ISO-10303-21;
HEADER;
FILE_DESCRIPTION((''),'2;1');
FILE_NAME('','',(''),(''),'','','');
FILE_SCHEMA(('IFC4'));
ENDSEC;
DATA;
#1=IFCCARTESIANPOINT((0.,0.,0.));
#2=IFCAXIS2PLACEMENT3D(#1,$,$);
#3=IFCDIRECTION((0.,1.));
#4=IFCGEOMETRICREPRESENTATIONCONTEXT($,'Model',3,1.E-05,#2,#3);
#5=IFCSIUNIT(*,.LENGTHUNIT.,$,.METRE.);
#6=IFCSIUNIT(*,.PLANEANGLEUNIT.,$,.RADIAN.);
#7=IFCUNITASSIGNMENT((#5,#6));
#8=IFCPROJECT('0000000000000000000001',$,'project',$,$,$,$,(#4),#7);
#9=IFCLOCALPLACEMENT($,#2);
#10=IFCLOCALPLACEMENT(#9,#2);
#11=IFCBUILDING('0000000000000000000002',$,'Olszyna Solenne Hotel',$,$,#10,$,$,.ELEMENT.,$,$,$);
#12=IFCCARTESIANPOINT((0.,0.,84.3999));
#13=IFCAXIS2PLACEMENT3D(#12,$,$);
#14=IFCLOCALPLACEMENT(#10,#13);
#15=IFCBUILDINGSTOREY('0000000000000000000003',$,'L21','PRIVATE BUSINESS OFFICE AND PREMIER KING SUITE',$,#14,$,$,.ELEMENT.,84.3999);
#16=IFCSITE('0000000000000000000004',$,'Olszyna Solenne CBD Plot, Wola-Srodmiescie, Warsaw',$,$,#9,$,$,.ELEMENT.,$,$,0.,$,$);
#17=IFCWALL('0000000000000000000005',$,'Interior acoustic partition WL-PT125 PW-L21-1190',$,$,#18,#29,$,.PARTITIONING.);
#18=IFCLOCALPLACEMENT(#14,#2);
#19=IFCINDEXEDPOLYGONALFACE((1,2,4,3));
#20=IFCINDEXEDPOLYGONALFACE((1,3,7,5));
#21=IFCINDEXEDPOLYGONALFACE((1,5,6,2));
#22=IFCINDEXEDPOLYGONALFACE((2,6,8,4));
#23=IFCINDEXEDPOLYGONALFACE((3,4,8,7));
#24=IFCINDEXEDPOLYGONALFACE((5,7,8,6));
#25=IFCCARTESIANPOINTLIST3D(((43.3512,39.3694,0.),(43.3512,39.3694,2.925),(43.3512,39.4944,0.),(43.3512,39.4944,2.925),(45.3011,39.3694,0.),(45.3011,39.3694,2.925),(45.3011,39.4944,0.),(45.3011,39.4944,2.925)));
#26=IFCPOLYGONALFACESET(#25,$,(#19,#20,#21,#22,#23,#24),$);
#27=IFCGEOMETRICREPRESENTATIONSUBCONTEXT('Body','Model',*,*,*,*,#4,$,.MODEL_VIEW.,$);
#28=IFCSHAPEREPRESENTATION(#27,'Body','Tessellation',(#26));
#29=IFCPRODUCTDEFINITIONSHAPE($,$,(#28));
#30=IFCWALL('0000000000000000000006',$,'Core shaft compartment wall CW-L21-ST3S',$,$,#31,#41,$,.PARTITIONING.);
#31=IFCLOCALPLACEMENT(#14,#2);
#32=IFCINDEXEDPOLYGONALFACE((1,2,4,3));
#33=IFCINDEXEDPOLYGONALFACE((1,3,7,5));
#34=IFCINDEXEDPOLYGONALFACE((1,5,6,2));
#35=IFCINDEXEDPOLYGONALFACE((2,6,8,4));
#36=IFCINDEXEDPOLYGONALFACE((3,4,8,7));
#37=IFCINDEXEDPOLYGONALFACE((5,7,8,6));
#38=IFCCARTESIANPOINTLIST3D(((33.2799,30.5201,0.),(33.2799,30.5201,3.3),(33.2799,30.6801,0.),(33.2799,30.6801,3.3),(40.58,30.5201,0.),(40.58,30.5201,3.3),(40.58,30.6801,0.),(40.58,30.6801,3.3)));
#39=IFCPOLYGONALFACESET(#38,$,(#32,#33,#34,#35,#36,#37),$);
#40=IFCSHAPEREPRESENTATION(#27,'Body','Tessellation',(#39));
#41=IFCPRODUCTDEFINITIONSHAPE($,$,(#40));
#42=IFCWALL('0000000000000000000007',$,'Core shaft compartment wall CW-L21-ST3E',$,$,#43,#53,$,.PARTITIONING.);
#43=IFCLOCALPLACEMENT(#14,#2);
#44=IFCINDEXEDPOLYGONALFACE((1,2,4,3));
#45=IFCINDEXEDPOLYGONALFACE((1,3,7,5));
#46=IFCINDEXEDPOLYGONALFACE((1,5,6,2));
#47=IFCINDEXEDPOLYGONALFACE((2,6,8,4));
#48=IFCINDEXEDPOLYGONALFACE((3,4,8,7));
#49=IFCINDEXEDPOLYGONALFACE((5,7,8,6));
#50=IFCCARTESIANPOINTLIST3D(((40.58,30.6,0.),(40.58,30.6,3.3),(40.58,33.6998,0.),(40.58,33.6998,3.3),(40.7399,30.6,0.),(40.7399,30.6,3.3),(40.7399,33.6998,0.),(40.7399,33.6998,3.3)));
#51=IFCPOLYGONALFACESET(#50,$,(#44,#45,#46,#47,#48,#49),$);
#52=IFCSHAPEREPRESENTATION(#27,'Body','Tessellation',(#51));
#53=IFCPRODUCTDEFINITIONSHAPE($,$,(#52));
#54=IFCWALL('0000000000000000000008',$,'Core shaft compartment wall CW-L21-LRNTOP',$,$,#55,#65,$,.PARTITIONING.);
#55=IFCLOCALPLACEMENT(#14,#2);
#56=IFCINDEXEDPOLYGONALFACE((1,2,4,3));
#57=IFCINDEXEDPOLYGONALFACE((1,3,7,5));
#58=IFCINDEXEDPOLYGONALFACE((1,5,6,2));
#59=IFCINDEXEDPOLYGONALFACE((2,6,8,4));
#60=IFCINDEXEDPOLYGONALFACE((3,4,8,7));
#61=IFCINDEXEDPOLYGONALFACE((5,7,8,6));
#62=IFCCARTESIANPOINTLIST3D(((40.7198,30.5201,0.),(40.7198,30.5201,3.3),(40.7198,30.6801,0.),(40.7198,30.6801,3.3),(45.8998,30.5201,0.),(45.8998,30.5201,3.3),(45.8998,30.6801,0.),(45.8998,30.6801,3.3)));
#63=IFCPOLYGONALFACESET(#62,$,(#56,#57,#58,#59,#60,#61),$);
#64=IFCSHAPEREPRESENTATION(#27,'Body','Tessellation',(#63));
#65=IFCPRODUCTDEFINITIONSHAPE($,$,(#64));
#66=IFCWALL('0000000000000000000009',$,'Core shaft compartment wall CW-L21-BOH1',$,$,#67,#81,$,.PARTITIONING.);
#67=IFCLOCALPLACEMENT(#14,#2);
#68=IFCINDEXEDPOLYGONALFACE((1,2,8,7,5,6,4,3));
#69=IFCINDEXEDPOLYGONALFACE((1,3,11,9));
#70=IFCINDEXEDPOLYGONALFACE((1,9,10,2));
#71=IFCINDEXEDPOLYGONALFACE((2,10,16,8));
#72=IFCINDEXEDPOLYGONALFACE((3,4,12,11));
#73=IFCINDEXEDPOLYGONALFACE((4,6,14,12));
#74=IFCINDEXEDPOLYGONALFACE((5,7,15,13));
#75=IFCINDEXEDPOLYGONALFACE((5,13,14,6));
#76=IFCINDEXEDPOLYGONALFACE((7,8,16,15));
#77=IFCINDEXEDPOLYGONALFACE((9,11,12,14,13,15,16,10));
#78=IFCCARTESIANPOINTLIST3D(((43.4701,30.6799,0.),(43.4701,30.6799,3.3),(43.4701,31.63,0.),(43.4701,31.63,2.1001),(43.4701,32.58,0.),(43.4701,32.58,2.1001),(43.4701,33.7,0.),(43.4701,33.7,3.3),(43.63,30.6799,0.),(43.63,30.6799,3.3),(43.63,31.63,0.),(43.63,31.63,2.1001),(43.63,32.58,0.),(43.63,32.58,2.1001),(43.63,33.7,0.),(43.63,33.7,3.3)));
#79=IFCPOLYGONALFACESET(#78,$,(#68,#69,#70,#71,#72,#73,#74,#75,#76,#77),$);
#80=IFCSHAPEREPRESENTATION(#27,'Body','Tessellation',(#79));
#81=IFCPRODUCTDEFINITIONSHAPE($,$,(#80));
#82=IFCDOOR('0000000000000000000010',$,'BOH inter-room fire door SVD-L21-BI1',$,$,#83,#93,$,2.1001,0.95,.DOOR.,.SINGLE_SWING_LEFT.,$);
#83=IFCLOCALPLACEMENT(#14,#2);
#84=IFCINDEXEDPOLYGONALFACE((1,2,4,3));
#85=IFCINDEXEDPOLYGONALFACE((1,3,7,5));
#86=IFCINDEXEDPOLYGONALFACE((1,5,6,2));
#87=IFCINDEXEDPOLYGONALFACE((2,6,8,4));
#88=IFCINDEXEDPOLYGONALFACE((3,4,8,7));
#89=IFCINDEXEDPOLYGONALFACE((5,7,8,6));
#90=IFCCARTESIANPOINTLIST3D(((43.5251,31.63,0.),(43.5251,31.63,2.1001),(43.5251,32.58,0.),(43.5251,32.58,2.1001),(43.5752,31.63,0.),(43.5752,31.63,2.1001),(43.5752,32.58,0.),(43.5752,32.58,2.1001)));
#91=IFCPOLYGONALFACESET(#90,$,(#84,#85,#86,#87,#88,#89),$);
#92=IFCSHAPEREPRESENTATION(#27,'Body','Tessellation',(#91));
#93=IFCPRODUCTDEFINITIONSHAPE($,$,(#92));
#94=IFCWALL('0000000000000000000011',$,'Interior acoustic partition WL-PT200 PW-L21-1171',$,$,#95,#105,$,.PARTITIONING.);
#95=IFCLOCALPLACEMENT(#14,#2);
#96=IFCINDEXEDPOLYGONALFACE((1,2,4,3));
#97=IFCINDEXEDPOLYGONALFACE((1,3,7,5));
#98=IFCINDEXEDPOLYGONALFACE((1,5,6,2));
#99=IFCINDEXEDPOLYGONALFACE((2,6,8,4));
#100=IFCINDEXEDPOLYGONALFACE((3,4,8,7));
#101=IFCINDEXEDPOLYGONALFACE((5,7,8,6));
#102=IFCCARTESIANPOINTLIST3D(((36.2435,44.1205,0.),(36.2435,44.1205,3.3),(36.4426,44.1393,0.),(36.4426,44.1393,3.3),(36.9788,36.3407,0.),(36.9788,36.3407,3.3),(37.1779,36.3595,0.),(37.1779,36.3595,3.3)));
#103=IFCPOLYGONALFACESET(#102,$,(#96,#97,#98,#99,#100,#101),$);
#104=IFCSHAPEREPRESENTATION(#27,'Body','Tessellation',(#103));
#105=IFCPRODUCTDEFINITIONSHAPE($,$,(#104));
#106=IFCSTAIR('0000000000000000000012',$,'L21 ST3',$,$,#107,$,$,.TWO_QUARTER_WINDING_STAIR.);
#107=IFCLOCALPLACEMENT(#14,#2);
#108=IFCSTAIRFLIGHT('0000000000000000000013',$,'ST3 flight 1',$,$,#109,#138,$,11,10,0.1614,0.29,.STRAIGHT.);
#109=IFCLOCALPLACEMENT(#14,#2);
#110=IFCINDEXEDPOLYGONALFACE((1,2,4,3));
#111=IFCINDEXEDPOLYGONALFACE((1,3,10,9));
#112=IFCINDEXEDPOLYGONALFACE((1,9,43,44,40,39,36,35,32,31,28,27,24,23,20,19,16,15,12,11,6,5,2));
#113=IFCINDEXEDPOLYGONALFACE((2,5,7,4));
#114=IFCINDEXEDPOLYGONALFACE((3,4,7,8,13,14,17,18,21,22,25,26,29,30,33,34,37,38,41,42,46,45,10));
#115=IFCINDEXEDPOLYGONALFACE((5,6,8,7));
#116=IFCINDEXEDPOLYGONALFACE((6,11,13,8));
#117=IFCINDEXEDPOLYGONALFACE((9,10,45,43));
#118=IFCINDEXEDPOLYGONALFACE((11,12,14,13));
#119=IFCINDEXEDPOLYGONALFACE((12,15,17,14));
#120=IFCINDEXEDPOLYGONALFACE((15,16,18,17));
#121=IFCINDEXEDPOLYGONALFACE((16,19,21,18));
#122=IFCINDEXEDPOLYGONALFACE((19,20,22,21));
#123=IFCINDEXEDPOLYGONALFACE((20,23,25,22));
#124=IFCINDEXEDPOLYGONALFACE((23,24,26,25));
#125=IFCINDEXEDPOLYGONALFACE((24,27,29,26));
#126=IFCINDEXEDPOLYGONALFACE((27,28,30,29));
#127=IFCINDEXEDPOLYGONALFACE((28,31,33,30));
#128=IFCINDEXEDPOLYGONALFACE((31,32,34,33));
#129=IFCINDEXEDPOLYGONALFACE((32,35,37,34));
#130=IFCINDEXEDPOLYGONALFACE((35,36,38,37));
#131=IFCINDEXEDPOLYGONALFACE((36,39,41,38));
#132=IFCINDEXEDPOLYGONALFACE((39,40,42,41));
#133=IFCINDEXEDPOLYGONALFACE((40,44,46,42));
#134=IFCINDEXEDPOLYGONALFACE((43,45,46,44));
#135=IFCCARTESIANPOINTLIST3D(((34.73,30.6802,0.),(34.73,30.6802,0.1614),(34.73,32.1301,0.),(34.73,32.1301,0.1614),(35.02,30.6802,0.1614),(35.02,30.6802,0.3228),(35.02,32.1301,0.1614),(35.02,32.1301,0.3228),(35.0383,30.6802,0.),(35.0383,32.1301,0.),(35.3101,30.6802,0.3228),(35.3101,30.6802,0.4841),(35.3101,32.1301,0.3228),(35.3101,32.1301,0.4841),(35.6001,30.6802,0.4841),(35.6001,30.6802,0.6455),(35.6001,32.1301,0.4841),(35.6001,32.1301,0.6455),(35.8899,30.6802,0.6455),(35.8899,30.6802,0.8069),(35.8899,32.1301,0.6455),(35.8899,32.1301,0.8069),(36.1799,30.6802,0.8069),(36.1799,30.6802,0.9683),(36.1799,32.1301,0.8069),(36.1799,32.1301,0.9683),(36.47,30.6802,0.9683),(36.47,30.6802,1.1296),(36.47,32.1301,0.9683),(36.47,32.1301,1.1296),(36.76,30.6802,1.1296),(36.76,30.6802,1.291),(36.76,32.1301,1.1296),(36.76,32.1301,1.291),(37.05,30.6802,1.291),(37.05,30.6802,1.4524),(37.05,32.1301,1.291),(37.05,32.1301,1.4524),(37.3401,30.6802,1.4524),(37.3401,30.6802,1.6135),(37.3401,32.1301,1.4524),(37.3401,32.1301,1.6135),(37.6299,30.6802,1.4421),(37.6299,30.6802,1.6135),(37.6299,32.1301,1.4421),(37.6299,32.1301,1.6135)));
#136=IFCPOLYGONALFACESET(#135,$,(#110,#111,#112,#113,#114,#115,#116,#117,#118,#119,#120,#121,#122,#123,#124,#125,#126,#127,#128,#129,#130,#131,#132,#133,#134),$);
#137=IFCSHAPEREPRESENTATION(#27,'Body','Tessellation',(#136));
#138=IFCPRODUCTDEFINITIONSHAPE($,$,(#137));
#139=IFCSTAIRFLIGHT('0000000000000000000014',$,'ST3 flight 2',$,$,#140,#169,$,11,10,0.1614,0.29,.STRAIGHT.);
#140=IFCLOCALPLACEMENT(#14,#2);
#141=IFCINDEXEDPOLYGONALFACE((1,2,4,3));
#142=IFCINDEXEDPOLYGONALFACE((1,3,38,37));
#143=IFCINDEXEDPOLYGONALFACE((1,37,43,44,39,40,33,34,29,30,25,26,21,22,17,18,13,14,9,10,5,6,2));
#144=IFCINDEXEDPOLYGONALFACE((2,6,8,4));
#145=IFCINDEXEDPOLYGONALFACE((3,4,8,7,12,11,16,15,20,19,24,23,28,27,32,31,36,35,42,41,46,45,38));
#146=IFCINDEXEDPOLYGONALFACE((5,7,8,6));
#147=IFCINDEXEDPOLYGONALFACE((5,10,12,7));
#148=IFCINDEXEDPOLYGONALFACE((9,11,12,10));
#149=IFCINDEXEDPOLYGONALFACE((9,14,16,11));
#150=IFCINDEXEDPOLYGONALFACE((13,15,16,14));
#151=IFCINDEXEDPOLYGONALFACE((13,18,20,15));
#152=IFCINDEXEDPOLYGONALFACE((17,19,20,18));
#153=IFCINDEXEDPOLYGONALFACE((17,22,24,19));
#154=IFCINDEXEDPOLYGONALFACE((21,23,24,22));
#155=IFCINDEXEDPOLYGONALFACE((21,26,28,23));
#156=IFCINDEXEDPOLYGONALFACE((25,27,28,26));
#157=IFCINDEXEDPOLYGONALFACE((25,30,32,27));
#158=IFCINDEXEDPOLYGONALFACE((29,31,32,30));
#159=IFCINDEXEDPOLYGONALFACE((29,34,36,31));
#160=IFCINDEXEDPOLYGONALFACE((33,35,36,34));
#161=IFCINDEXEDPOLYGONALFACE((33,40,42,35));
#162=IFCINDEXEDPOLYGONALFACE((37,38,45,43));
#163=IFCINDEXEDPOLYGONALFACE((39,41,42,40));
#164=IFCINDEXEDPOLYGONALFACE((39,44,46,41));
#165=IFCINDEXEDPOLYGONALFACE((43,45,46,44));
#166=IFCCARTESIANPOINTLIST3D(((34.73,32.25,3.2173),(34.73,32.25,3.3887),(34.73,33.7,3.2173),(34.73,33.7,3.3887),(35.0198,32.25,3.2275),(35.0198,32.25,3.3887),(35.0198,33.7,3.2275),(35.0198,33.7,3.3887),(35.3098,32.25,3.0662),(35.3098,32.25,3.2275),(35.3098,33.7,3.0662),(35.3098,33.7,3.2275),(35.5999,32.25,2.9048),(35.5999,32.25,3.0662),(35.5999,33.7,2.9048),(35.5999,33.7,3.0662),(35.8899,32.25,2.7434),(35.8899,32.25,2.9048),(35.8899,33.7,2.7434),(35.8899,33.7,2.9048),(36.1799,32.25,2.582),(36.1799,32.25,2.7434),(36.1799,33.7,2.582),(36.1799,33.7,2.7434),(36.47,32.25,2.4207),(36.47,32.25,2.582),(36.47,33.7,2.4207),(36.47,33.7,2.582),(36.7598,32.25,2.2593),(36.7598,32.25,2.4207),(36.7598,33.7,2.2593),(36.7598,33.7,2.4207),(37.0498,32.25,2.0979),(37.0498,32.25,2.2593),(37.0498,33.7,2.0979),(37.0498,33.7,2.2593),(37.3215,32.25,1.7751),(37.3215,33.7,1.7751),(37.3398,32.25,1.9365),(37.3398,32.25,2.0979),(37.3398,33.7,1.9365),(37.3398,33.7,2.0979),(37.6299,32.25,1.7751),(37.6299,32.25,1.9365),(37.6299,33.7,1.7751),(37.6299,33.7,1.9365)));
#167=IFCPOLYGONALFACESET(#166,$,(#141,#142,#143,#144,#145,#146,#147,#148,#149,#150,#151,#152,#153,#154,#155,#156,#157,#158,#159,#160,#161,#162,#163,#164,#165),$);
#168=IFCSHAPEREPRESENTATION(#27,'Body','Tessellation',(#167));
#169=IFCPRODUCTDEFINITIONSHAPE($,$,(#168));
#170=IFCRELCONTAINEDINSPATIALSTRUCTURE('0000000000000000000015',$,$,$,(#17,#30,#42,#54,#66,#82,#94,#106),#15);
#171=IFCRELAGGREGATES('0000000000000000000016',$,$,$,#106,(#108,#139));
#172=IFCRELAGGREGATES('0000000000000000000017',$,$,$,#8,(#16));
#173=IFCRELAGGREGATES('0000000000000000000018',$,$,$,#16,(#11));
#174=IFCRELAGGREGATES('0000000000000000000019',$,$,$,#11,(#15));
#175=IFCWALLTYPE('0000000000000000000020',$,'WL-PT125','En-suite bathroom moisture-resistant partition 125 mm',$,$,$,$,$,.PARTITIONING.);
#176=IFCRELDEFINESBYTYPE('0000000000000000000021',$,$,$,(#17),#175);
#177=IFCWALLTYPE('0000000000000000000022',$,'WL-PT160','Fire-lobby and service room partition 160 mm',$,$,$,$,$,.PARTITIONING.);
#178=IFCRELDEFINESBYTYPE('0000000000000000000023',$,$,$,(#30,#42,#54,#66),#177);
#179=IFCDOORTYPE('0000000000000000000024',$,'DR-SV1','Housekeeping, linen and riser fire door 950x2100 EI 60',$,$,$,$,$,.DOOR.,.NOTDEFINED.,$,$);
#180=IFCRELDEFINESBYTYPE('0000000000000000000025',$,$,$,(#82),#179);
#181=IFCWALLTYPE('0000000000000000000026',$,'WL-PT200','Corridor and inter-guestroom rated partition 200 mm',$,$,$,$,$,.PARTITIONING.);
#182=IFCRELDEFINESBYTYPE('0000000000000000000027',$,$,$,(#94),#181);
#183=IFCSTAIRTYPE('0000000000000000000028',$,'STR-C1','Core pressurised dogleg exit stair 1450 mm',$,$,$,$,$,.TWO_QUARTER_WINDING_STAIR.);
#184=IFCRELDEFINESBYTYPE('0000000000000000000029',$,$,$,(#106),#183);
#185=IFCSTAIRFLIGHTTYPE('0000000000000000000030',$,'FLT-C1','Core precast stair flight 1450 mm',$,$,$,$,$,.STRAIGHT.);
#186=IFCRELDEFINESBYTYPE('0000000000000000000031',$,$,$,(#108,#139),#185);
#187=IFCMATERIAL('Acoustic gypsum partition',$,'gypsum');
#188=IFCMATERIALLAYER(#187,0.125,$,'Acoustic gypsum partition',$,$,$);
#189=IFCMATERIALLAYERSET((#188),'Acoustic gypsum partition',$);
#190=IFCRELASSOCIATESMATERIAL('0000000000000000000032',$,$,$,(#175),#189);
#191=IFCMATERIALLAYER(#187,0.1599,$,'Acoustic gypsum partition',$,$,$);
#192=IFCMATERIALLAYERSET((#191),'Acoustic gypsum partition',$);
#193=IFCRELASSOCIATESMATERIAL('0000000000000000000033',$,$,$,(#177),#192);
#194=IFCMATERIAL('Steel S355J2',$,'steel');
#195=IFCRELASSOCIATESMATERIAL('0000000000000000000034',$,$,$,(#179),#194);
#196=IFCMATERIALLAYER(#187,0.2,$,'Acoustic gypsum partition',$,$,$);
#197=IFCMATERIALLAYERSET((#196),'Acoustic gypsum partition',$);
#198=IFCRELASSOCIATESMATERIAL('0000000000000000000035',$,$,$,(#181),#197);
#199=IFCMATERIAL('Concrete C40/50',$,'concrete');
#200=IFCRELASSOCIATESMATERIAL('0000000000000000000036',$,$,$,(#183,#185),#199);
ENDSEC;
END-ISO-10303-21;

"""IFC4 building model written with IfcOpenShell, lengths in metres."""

from ifc_helpers import new_model, si_unit, direction, frame, frame_2d, origin, place, context, subcontext, project, spatial, polyline, rectangle, outline, extrude, source, transform, mapped, material, layer, layer_set, type_object, type_shapes, element, fill, aggregate, save


model = new_model("IFC4")

# Units and contexts
model_context = context("Model", 3, precision=1e-05, world=origin(), true_north=direction((0.0, 1.0)))
body_context = subcontext(model_context, "Body", "Model", "MODEL_VIEW")
ifc_project = project(units=[si_unit("LENGTHUNIT", "METRE"), si_unit("PLANEANGLEUNIT", "RADIAN")], contexts=[model_context])

# Site, building, storey
site_placement = place(None, origin())
site = spatial("IfcSite", under=ifc_project, at=site_placement, Name="Olszyna Solenne CBD Plot, Wola-Srodmiescie, Warsaw", CompositionType="ELEMENT", RefElevation=0.0)
building_placement = place(site_placement, origin())
building = spatial("IfcBuilding", under=site, at=building_placement, Name="Olszyna Solenne Hotel", CompositionType="ELEMENT")
storey_placement = place(building_placement, frame((0.0, 0.0, 84.3999)))
storey = spatial("IfcBuildingStorey", under=building, at=storey_placement, Name="L21", Description="PRIVATE BUSINESS OFFICE AND PREMIER KING SUITE", CompositionType="ELEMENT", Elevation=84.3999)

# Shared definitions
ifc_material_1 = material(Name="Steel S355J2", Category="steel")

# Walls
ifc_material_2 = material(Name="Acoustic gypsum partition", Category="gypsum")
ifc_layer_1 = layer(ifc_material_2, 0.125, Name="Acoustic gypsum partition")
ifc_layer_set_1 = layer_set([ifc_layer_1], Name="Acoustic gypsum partition")
wall_type_1 = type_object("IfcWallType", Name="WL-PT125", Description="En-suite bathroom moisture-resistant partition 125 mm", PredefinedType="PARTITIONING", material=ifc_layer_set_1)
wall_1_placement = place(storey_placement, frame((43.3511, 39.4319, 0.0), z_axis=(0.0, 0.0, 1.0), x_axis=(1.0, 0.0, 0.0)))
element("IfcWall", 1, at=wall_1_placement, inside=storey, type_object=wall_type_1, Name="Interior acoustic partition WL-PT125 PW-L21-1190", PredefinedType="PARTITIONING", context=body_context, shape_type="SweptSolid", body=[
    extrude(rectangle(XDim=1.95, YDim=0.125, at=frame_2d((0.9751, 0.0))), origin(), (0.0, 0.0, 1.0), 2.925),
])
ifc_layer_2 = layer(ifc_material_2, 0.1599, Name="Acoustic gypsum partition")
ifc_layer_set_2 = layer_set([ifc_layer_2], Name="Acoustic gypsum partition")
wall_type_2 = type_object("IfcWallType", Name="WL-PT160", Description="Fire-lobby and service room partition 160 mm", PredefinedType="PARTITIONING", material=ifc_layer_set_2)
wall_2_placement = place(storey_placement, frame((33.28, 30.6001, 0.0), z_axis=(0.0, 0.0, 1.0), x_axis=(1.0, 0.0, 0.0)))
element("IfcWall", 2, at=wall_2_placement, inside=storey, type_object=wall_type_2, Name="Core shaft compartment wall CW-L21-ST3S", PredefinedType="PARTITIONING", context=body_context, shape_type="SweptSolid", body=[
    extrude(rectangle(XDim=7.3, YDim=0.1599, at=frame_2d((3.6499, 0.0))), origin(), (0.0, 0.0, 1.0), 3.3),
])
wall_3_placement = place(storey_placement, frame((40.6599, 30.6001, 0.0), z_axis=(0.0, 0.0, 1.0), x_axis=(0.0, 1.0, 0.0)))
element("IfcWall", 3, at=wall_3_placement, inside=storey, type_object=wall_type_2, Name="Core shaft compartment wall CW-L21-ST3E", PredefinedType="PARTITIONING", context=body_context, shape_type="SweptSolid", body=[
    extrude(rectangle(XDim=3.0999, YDim=0.1599, at=frame_2d((1.5498, 0.0))), origin(), (0.0, 0.0, 1.0), 3.3),
])
wall_4_placement = place(storey_placement, frame((40.72, 30.6001, 0.0), z_axis=(0.0, 0.0, 1.0), x_axis=(1.0, 0.0, 0.0)))
element("IfcWall", 4, at=wall_4_placement, inside=storey, type_object=wall_type_2, Name="Core shaft compartment wall CW-L21-LRNTOP", PredefinedType="PARTITIONING", context=body_context, shape_type="SweptSolid", body=[
    extrude(rectangle(XDim=5.1799, YDim=0.1599, at=frame_2d((2.5898, 0.0))), origin(), (0.0, 0.0, 1.0), 3.3),
])

# Wall, opening, door
wall_5_placement = place(storey_placement, frame((43.55, 30.6799, 0.0), z_axis=(0.0, 0.0, 1.0), x_axis=(0.0, 1.0, 0.0)))
wall_5 = element("IfcWall", 5, at=wall_5_placement, inside=storey, type_object=wall_type_2, Name="Core shaft compartment wall CW-L21-BOH1", PredefinedType="PARTITIONING", context=body_context, shape_type="SweptSolid", body=[
    extrude(rectangle(XDim=3.02, YDim=0.1599, at=frame_2d((1.51, 0.0))), origin(), (0.0, 0.0, 1.0), 3.3),
])
opening_placement = place(wall_5_placement, frame((0.95, 0.0, 0.0)))
opening = element("IfcOpeningElement", 6, at=opening_placement, cuts=wall_5, PredefinedType="OPENING", context=body_context, shape_type="SweptSolid", body=[
    extrude(rectangle(XDim=0.95, YDim=2.1001, at=frame_2d((0.4751, 1.05))), frame((0.0, 0.0898, 0.0), z_axis=(0.0, -1.0, 0.0), x_axis=(1.0, 0.0, 0.0)), (0.0, 0.0, 1.0), 0.1799),
])
door_type = type_object("IfcDoorType", Name="DR-SV1", Description="Housekeeping, linen and riser fire door 950x2100 EI 60", OperationType="NOTDEFINED", PredefinedType="DOOR", material=ifc_material_1)
shared_shape_1 = source(origin(), body_context, "Body", "SweptSolid", [
    extrude(rectangle(XDim=0.95, YDim=2.1001, at=frame_2d((0.4751, 1.05))), frame((0.0, 0.0249, 0.0), z_axis=(0.0, -1.0, 0.0), x_axis=(1.0, 0.0, 0.0)), (0.0, 0.0, 1.0), 0.05),
])
type_shapes(door_type, [shared_shape_1])
door_placement = place(opening_placement, origin())
door = element("IfcDoor", 7, at=door_placement, inside=storey, type_object=door_type, Name="BOH inter-room fire door SVD-L21-BI1", OperationType="SINGLE_SWING_LEFT", OverallHeight=2.1001, OverallWidth=0.95, PredefinedType="DOOR", context=body_context, shape_type="MappedRepresentation", body=[
    mapped(shared_shape_1, transform((0.0, 0.0, 0.0), x_axis=(1.0, 0.0, 0.0), y_axis=(0.0, 1.0, 0.0), z_axis=(0.0, 0.0, 1.0), scale=1.0)),
])
fill(opening, door)

# Wall
ifc_layer_3 = layer(ifc_material_2, 0.2, Name="Acoustic gypsum partition")
ifc_layer_set_3 = layer_set([ifc_layer_3], Name="Acoustic gypsum partition")
wall_type_3 = type_object("IfcWallType", Name="WL-PT200", Description="Corridor and inter-guestroom rated partition 200 mm", PredefinedType="PARTITIONING", material=ifc_layer_set_3)
wall_6_placement = place(storey_placement, frame((37.0784, 36.3501, 0.0), z_axis=(0.0, 0.0, 1.0), x_axis=(-0.094101, 0.995563, 0.0)))
element("IfcWall", 8, at=wall_6_placement, inside=storey, type_object=wall_type_3, Name="Interior acoustic partition WL-PT200 PW-L21-1171", PredefinedType="PARTITIONING", context=body_context, shape_type="SweptSolid", body=[
    extrude(rectangle(XDim=7.8145, YDim=0.2, at=frame_2d((3.9072, 0.0))), origin(), (0.0, 0.0, 1.0), 3.3),
])

# Stair, stair flights
ifc_material_3 = material(Name="Concrete C40/50", Category="concrete")
stair_type = type_object("IfcStairType", Name="STR-C1", Description="Core pressurised dogleg exit stair 1450 mm", PredefinedType="TWO_QUARTER_WINDING_STAIR", material=ifc_material_3)
stair_placement = place(storey_placement, origin())
stair = element("IfcStair", 9, at=stair_placement, inside=storey, type_object=stair_type, Name="L21 ST3", PredefinedType="TWO_QUARTER_WINDING_STAIR")
stair_flight_type = type_object("IfcStairFlightType", Name="FLT-C1", Description="Core precast stair flight 1450 mm", PredefinedType="STRAIGHT", material=ifc_material_3)
stair_flight_1_placement = place(storey_placement, frame((34.73, 31.405, 0.0), z_axis=(0.0, 0.0, 1.0), x_axis=(1.0, 0.0, 0.0)))
stair_flight_1 = element("IfcStairFlight", 10, at=stair_flight_1_placement, type_object=stair_flight_type, Name="ST3 flight 1", NumberOfRisers=11, NumberOfTreads=10, PredefinedType="STRAIGHT", RiserHeight=0.1614, TreadLength=0.29, context=body_context, shape_type="SweptSolid", body=[
    extrude(outline(polyline([(0.0, 0.0), (0.0, 0.1614), (0.29, 0.1614), (0.29, 0.3228), (0.5801, 0.3228), (0.5801, 0.4841), (0.8701, 0.4841), (0.8701, 0.6455), (1.1599, 0.6455), (1.1599, 0.8069), (1.45, 0.8069), (1.45, 0.9683), (1.74, 0.9683), (1.74, 1.1296), (2.03, 1.1296), (2.03, 1.291), (2.3201, 1.291), (2.3201, 1.4524), (2.6101, 1.4524), (2.6101, 1.6135), (2.8999, 1.6135), (2.8999, 1.7749), (2.8999, 1.4421), (0.3083, 0.0), (0.0, 0.0)])), frame((0.0, 0.7251, 0.0), z_axis=(0.0, -1.0, 0.0), x_axis=(1.0, 0.0, 0.0)), (0.0, 0.0, 1.0), 1.45),
])
stair_flight_2_placement = place(storey_placement, frame((37.6299, 32.9751, 1.7751), z_axis=(0.0, 0.0, 1.0), x_axis=(-1.0, 0.0, 0.0)))
stair_flight_2 = element("IfcStairFlight", 11, at=stair_flight_2_placement, type_object=stair_flight_type, Name="ST3 flight 2", NumberOfRisers=11, NumberOfTreads=10, PredefinedType="STRAIGHT", RiserHeight=0.1614, TreadLength=0.29, context=body_context, shape_type="SweptSolid", body=[
    extrude(outline(polyline([(0.0, 0.0), (0.0, 0.1614), (0.29, 0.1614), (0.29, 0.3228), (0.5801, 0.3228), (0.5801, 0.4841), (0.8701, 0.4841), (0.8701, 0.6455), (1.1599, 0.6455), (1.1599, 0.8069), (1.45, 0.8069), (1.45, 0.9683), (1.74, 0.9683), (1.74, 1.1296), (2.03, 1.1296), (2.03, 1.291), (2.3201, 1.291), (2.3201, 1.4524), (2.6101, 1.4524), (2.6101, 1.6135), (2.8999, 1.6135), (2.8999, 1.7749), (2.8999, 1.4421), (0.3083, 0.0), (0.0, 0.0)])), frame((0.0, 0.7251, 0.0), z_axis=(0.0, -1.0, 0.0), x_axis=(1.0, 0.0, 0.0)), (0.0, 0.0, 1.0), 1.45),
])
aggregate(stair, [stair_flight_1, stair_flight_2])

save(model, "model.ifc")
